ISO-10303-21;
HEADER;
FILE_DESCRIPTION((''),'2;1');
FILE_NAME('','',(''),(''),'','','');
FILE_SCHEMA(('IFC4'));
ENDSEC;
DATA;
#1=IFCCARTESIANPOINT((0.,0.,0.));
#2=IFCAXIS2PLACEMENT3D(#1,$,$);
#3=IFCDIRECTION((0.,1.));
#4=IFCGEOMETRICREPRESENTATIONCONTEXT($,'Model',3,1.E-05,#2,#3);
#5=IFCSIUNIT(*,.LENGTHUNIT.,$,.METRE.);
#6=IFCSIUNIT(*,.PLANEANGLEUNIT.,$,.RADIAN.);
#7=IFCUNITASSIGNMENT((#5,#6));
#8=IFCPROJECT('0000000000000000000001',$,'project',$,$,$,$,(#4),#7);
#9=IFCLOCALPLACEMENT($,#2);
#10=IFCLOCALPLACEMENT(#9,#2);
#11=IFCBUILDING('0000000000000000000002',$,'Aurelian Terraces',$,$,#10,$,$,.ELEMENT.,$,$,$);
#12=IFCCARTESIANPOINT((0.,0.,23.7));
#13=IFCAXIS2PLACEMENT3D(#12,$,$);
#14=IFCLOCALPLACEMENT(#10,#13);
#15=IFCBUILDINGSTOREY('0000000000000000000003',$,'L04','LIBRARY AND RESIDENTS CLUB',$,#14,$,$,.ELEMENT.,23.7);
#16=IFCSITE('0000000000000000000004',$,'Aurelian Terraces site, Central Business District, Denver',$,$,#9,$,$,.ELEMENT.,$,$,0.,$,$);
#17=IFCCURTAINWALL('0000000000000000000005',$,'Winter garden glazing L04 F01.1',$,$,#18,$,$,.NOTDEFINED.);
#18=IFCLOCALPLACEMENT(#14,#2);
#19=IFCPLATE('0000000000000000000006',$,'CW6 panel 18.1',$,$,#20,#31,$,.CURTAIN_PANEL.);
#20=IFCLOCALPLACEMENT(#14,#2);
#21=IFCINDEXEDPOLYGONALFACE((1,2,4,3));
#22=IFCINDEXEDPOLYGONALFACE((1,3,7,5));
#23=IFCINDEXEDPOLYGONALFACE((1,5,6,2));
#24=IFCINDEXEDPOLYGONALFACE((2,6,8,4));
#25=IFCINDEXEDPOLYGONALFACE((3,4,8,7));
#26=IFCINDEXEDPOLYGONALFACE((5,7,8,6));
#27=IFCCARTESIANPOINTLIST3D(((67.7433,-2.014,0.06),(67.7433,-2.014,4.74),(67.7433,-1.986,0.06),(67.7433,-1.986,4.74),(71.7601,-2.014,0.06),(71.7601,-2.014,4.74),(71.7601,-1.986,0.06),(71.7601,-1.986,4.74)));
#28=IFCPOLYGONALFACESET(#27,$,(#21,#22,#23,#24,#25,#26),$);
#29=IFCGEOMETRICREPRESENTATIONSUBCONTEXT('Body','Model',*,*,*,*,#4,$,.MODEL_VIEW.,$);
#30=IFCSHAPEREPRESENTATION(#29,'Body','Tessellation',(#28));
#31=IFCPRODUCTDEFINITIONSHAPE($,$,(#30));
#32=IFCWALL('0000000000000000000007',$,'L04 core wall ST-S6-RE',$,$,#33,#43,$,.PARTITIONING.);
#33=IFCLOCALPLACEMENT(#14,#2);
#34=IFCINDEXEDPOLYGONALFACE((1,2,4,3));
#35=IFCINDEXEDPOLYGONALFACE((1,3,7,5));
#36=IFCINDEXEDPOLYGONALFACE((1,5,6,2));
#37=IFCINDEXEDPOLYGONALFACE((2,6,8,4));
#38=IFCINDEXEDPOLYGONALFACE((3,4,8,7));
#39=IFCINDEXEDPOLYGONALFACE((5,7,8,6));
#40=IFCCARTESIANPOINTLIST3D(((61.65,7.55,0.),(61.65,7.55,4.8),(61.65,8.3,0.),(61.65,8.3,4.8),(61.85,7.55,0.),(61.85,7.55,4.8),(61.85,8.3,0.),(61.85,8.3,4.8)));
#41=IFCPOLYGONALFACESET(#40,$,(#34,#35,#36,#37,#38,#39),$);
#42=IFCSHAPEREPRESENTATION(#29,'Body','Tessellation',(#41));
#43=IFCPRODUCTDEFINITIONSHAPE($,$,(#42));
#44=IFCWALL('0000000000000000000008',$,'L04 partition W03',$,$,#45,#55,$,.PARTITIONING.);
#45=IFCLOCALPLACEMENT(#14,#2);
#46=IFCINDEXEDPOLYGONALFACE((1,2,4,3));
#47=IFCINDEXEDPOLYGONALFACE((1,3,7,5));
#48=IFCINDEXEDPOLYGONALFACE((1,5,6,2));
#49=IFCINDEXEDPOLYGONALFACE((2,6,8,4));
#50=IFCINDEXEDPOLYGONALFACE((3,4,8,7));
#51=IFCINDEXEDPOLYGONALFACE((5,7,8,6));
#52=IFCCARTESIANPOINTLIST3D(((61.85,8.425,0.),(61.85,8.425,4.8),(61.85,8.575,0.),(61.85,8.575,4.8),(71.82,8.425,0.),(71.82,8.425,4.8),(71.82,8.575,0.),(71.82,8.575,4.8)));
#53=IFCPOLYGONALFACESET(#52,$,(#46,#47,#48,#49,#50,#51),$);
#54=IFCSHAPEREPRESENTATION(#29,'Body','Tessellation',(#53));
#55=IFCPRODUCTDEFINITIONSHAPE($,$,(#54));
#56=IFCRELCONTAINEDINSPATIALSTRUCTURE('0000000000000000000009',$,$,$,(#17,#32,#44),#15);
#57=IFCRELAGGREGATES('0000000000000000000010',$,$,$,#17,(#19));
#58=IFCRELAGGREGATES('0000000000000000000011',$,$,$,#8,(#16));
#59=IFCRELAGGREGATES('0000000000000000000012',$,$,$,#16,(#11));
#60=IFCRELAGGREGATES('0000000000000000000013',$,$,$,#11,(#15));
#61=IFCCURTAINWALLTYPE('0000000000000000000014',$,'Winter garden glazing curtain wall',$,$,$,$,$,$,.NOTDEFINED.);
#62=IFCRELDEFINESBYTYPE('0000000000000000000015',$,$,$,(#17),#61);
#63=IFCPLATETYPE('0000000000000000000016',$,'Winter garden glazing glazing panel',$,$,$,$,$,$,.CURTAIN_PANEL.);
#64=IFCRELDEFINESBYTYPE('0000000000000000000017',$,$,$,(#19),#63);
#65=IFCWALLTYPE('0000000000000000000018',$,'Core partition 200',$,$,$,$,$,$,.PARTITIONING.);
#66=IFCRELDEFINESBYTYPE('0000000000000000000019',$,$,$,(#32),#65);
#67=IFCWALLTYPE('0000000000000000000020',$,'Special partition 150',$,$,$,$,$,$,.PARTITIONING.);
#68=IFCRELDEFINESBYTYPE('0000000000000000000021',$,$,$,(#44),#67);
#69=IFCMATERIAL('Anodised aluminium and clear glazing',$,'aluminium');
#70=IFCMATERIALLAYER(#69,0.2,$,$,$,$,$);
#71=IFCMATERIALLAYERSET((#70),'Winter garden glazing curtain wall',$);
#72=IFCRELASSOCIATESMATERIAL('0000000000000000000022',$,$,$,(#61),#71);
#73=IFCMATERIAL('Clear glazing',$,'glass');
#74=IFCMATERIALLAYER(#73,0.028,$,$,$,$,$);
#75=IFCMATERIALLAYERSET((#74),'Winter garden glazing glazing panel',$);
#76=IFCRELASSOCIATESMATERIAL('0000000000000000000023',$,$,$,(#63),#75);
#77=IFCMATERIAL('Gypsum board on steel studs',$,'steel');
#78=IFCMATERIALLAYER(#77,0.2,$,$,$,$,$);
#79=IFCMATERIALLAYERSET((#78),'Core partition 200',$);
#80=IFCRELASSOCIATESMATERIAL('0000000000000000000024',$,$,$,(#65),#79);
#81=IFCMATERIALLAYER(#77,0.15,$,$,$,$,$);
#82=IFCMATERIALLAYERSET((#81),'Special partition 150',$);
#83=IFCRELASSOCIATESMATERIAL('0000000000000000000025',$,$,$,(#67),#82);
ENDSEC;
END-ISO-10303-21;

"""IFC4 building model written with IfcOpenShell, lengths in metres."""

from ifc_helpers import new_model, si_unit, direction, frame, frame_2d, origin, origin_2d, place, context, subcontext, project, spatial, rectangle, extrude, source, transform, mapped, material, layer, layer_set, type_object, element, aggregate, save


model = new_model("IFC4")

# Units and contexts
model_context = context("Model", 3, precision=1e-05, world=origin(), true_north=direction((0.0, 1.0)))
body_context = subcontext(model_context, "Body", "Model", "MODEL_VIEW")
ifc_project = project(units=[si_unit("LENGTHUNIT", "METRE"), si_unit("PLANEANGLEUNIT", "RADIAN")], contexts=[model_context])

# Site, building, storey
site_placement = place(None, origin())
site = spatial("IfcSite", under=ifc_project, at=site_placement, Name="Aurelian Terraces site, Central Business District, Denver", CompositionType="ELEMENT", RefElevation=0.0)
building_placement = place(site_placement, origin())
building = spatial("IfcBuilding", under=site, at=building_placement, Name="Aurelian Terraces", CompositionType="ELEMENT")
storey_placement = place(building_placement, frame((0.0, 0.0, 23.7)))
storey = spatial("IfcBuildingStorey", under=building, at=storey_placement, Name="L04", Description="LIBRARY AND RESIDENTS CLUB", CompositionType="ELEMENT", Elevation=23.7)

# Curtain wall
ifc_material_1 = material(Name="Anodised aluminium and clear glazing", Category="aluminium")
ifc_layer_1 = layer(ifc_material_1, 0.2)
ifc_layer_set_1 = layer_set([ifc_layer_1], Name="Winter garden glazing curtain wall")
curtain_wall_type = type_object("IfcCurtainWallType", Name="Winter garden glazing curtain wall", PredefinedType="NOTDEFINED", material=ifc_layer_set_1)
curtain_wall_1_placement = place(storey_placement, origin())
curtain_wall_1 = element("IfcCurtainWall", 1, at=curtain_wall_1_placement, inside=storey, type_object=curtain_wall_type, Name="Winter garden glazing L04 F01.1", PredefinedType="NOTDEFINED")

# Plate
ifc_material_2 = material(Name="Clear glazing", Category="glass")
ifc_layer_2 = layer(ifc_material_2, 0.028)
ifc_layer_set_2 = layer_set([ifc_layer_2], Name="Winter garden glazing glazing panel")
plate_type = type_object("IfcPlateType", Name="Winter garden glazing glazing panel", PredefinedType="CURTAIN_PANEL", material=ifc_layer_set_2)
shared_shape_1 = source(origin(), body_context, "Body", "SweptSolid", [
    extrude(rectangle(XDim=4.0167, YDim=0.028, at=origin_2d()), origin(), (0.0, 0.0, 1.0), 4.68),
])
plate_1_placement = place(storey_placement, frame((69.7517, -2.0, 0.06), z_axis=(0.0, 0.0, 1.0), x_axis=(1.0, 0.0, 0.0)))
plate_1 = element("IfcPlate", 2, at=plate_1_placement, type_object=plate_type, Name="CW6 panel 18.1", PredefinedType="CURTAIN_PANEL", context=body_context, shape_type="MappedRepresentation", body=[
    mapped(shared_shape_1, transform((0.0, 0.0, 0.0), scale=1.0)),
])
aggregate(curtain_wall_1, [plate_1])

# Walls
ifc_material_3 = material(Name="Gypsum board on steel studs", Category="steel")
ifc_layer_3 = layer(ifc_material_3, 0.2)
ifc_layer_set_3 = layer_set([ifc_layer_3], Name="Core partition 200")
wall_type_1 = type_object("IfcWallType", Name="Core partition 200", PredefinedType="PARTITIONING", material=ifc_layer_set_3)
shared_shape_2 = source(origin(), body_context, "Body", "SweptSolid", [
    extrude(rectangle(XDim=0.75, YDim=0.2, at=frame_2d((0.375, 0.0))), origin(), (0.0, 0.0, 1.0), 4.8),
])
wall_1_placement = place(storey_placement, frame((61.75, 7.55, 0.0), z_axis=(0.0, 0.0, 1.0), x_axis=(0.0, 1.0, 0.0)))
element("IfcWall", 3, at=wall_1_placement, inside=storey, type_object=wall_type_1, Name="L04 core wall ST-S6-RE", PredefinedType="PARTITIONING", context=body_context, shape_type="MappedRepresentation", body=[
    mapped(shared_shape_2, transform((0.0, 0.0, 0.0), scale=1.0)),
])
ifc_layer_4 = layer(ifc_material_3, 0.15)
ifc_layer_set_4 = layer_set([ifc_layer_4], Name="Special partition 150")
wall_type_2 = type_object("IfcWallType", Name="Special partition 150", PredefinedType="PARTITIONING", material=ifc_layer_set_4)
shared_shape_3 = source(origin(), body_context, "Body", "SweptSolid", [
    extrude(rectangle(XDim=9.97, YDim=0.15, at=frame_2d((4.985, 0.0))), origin(), (0.0, 0.0, 1.0), 4.8),
])
wall_2_placement = place(storey_placement, frame((61.85, 8.5, 0.0), z_axis=(0.0, 0.0, 1.0), x_axis=(1.0, 0.0, 0.0)))
element("IfcWall", 4, at=wall_2_placement, inside=storey, type_object=wall_type_2, Name="L04 partition W03", PredefinedType="PARTITIONING", context=body_context, shape_type="MappedRepresentation", body=[
    mapped(shared_shape_3, transform((0.0, 0.0, 0.0), scale=1.0)),
])

save(model, "model.ifc")
